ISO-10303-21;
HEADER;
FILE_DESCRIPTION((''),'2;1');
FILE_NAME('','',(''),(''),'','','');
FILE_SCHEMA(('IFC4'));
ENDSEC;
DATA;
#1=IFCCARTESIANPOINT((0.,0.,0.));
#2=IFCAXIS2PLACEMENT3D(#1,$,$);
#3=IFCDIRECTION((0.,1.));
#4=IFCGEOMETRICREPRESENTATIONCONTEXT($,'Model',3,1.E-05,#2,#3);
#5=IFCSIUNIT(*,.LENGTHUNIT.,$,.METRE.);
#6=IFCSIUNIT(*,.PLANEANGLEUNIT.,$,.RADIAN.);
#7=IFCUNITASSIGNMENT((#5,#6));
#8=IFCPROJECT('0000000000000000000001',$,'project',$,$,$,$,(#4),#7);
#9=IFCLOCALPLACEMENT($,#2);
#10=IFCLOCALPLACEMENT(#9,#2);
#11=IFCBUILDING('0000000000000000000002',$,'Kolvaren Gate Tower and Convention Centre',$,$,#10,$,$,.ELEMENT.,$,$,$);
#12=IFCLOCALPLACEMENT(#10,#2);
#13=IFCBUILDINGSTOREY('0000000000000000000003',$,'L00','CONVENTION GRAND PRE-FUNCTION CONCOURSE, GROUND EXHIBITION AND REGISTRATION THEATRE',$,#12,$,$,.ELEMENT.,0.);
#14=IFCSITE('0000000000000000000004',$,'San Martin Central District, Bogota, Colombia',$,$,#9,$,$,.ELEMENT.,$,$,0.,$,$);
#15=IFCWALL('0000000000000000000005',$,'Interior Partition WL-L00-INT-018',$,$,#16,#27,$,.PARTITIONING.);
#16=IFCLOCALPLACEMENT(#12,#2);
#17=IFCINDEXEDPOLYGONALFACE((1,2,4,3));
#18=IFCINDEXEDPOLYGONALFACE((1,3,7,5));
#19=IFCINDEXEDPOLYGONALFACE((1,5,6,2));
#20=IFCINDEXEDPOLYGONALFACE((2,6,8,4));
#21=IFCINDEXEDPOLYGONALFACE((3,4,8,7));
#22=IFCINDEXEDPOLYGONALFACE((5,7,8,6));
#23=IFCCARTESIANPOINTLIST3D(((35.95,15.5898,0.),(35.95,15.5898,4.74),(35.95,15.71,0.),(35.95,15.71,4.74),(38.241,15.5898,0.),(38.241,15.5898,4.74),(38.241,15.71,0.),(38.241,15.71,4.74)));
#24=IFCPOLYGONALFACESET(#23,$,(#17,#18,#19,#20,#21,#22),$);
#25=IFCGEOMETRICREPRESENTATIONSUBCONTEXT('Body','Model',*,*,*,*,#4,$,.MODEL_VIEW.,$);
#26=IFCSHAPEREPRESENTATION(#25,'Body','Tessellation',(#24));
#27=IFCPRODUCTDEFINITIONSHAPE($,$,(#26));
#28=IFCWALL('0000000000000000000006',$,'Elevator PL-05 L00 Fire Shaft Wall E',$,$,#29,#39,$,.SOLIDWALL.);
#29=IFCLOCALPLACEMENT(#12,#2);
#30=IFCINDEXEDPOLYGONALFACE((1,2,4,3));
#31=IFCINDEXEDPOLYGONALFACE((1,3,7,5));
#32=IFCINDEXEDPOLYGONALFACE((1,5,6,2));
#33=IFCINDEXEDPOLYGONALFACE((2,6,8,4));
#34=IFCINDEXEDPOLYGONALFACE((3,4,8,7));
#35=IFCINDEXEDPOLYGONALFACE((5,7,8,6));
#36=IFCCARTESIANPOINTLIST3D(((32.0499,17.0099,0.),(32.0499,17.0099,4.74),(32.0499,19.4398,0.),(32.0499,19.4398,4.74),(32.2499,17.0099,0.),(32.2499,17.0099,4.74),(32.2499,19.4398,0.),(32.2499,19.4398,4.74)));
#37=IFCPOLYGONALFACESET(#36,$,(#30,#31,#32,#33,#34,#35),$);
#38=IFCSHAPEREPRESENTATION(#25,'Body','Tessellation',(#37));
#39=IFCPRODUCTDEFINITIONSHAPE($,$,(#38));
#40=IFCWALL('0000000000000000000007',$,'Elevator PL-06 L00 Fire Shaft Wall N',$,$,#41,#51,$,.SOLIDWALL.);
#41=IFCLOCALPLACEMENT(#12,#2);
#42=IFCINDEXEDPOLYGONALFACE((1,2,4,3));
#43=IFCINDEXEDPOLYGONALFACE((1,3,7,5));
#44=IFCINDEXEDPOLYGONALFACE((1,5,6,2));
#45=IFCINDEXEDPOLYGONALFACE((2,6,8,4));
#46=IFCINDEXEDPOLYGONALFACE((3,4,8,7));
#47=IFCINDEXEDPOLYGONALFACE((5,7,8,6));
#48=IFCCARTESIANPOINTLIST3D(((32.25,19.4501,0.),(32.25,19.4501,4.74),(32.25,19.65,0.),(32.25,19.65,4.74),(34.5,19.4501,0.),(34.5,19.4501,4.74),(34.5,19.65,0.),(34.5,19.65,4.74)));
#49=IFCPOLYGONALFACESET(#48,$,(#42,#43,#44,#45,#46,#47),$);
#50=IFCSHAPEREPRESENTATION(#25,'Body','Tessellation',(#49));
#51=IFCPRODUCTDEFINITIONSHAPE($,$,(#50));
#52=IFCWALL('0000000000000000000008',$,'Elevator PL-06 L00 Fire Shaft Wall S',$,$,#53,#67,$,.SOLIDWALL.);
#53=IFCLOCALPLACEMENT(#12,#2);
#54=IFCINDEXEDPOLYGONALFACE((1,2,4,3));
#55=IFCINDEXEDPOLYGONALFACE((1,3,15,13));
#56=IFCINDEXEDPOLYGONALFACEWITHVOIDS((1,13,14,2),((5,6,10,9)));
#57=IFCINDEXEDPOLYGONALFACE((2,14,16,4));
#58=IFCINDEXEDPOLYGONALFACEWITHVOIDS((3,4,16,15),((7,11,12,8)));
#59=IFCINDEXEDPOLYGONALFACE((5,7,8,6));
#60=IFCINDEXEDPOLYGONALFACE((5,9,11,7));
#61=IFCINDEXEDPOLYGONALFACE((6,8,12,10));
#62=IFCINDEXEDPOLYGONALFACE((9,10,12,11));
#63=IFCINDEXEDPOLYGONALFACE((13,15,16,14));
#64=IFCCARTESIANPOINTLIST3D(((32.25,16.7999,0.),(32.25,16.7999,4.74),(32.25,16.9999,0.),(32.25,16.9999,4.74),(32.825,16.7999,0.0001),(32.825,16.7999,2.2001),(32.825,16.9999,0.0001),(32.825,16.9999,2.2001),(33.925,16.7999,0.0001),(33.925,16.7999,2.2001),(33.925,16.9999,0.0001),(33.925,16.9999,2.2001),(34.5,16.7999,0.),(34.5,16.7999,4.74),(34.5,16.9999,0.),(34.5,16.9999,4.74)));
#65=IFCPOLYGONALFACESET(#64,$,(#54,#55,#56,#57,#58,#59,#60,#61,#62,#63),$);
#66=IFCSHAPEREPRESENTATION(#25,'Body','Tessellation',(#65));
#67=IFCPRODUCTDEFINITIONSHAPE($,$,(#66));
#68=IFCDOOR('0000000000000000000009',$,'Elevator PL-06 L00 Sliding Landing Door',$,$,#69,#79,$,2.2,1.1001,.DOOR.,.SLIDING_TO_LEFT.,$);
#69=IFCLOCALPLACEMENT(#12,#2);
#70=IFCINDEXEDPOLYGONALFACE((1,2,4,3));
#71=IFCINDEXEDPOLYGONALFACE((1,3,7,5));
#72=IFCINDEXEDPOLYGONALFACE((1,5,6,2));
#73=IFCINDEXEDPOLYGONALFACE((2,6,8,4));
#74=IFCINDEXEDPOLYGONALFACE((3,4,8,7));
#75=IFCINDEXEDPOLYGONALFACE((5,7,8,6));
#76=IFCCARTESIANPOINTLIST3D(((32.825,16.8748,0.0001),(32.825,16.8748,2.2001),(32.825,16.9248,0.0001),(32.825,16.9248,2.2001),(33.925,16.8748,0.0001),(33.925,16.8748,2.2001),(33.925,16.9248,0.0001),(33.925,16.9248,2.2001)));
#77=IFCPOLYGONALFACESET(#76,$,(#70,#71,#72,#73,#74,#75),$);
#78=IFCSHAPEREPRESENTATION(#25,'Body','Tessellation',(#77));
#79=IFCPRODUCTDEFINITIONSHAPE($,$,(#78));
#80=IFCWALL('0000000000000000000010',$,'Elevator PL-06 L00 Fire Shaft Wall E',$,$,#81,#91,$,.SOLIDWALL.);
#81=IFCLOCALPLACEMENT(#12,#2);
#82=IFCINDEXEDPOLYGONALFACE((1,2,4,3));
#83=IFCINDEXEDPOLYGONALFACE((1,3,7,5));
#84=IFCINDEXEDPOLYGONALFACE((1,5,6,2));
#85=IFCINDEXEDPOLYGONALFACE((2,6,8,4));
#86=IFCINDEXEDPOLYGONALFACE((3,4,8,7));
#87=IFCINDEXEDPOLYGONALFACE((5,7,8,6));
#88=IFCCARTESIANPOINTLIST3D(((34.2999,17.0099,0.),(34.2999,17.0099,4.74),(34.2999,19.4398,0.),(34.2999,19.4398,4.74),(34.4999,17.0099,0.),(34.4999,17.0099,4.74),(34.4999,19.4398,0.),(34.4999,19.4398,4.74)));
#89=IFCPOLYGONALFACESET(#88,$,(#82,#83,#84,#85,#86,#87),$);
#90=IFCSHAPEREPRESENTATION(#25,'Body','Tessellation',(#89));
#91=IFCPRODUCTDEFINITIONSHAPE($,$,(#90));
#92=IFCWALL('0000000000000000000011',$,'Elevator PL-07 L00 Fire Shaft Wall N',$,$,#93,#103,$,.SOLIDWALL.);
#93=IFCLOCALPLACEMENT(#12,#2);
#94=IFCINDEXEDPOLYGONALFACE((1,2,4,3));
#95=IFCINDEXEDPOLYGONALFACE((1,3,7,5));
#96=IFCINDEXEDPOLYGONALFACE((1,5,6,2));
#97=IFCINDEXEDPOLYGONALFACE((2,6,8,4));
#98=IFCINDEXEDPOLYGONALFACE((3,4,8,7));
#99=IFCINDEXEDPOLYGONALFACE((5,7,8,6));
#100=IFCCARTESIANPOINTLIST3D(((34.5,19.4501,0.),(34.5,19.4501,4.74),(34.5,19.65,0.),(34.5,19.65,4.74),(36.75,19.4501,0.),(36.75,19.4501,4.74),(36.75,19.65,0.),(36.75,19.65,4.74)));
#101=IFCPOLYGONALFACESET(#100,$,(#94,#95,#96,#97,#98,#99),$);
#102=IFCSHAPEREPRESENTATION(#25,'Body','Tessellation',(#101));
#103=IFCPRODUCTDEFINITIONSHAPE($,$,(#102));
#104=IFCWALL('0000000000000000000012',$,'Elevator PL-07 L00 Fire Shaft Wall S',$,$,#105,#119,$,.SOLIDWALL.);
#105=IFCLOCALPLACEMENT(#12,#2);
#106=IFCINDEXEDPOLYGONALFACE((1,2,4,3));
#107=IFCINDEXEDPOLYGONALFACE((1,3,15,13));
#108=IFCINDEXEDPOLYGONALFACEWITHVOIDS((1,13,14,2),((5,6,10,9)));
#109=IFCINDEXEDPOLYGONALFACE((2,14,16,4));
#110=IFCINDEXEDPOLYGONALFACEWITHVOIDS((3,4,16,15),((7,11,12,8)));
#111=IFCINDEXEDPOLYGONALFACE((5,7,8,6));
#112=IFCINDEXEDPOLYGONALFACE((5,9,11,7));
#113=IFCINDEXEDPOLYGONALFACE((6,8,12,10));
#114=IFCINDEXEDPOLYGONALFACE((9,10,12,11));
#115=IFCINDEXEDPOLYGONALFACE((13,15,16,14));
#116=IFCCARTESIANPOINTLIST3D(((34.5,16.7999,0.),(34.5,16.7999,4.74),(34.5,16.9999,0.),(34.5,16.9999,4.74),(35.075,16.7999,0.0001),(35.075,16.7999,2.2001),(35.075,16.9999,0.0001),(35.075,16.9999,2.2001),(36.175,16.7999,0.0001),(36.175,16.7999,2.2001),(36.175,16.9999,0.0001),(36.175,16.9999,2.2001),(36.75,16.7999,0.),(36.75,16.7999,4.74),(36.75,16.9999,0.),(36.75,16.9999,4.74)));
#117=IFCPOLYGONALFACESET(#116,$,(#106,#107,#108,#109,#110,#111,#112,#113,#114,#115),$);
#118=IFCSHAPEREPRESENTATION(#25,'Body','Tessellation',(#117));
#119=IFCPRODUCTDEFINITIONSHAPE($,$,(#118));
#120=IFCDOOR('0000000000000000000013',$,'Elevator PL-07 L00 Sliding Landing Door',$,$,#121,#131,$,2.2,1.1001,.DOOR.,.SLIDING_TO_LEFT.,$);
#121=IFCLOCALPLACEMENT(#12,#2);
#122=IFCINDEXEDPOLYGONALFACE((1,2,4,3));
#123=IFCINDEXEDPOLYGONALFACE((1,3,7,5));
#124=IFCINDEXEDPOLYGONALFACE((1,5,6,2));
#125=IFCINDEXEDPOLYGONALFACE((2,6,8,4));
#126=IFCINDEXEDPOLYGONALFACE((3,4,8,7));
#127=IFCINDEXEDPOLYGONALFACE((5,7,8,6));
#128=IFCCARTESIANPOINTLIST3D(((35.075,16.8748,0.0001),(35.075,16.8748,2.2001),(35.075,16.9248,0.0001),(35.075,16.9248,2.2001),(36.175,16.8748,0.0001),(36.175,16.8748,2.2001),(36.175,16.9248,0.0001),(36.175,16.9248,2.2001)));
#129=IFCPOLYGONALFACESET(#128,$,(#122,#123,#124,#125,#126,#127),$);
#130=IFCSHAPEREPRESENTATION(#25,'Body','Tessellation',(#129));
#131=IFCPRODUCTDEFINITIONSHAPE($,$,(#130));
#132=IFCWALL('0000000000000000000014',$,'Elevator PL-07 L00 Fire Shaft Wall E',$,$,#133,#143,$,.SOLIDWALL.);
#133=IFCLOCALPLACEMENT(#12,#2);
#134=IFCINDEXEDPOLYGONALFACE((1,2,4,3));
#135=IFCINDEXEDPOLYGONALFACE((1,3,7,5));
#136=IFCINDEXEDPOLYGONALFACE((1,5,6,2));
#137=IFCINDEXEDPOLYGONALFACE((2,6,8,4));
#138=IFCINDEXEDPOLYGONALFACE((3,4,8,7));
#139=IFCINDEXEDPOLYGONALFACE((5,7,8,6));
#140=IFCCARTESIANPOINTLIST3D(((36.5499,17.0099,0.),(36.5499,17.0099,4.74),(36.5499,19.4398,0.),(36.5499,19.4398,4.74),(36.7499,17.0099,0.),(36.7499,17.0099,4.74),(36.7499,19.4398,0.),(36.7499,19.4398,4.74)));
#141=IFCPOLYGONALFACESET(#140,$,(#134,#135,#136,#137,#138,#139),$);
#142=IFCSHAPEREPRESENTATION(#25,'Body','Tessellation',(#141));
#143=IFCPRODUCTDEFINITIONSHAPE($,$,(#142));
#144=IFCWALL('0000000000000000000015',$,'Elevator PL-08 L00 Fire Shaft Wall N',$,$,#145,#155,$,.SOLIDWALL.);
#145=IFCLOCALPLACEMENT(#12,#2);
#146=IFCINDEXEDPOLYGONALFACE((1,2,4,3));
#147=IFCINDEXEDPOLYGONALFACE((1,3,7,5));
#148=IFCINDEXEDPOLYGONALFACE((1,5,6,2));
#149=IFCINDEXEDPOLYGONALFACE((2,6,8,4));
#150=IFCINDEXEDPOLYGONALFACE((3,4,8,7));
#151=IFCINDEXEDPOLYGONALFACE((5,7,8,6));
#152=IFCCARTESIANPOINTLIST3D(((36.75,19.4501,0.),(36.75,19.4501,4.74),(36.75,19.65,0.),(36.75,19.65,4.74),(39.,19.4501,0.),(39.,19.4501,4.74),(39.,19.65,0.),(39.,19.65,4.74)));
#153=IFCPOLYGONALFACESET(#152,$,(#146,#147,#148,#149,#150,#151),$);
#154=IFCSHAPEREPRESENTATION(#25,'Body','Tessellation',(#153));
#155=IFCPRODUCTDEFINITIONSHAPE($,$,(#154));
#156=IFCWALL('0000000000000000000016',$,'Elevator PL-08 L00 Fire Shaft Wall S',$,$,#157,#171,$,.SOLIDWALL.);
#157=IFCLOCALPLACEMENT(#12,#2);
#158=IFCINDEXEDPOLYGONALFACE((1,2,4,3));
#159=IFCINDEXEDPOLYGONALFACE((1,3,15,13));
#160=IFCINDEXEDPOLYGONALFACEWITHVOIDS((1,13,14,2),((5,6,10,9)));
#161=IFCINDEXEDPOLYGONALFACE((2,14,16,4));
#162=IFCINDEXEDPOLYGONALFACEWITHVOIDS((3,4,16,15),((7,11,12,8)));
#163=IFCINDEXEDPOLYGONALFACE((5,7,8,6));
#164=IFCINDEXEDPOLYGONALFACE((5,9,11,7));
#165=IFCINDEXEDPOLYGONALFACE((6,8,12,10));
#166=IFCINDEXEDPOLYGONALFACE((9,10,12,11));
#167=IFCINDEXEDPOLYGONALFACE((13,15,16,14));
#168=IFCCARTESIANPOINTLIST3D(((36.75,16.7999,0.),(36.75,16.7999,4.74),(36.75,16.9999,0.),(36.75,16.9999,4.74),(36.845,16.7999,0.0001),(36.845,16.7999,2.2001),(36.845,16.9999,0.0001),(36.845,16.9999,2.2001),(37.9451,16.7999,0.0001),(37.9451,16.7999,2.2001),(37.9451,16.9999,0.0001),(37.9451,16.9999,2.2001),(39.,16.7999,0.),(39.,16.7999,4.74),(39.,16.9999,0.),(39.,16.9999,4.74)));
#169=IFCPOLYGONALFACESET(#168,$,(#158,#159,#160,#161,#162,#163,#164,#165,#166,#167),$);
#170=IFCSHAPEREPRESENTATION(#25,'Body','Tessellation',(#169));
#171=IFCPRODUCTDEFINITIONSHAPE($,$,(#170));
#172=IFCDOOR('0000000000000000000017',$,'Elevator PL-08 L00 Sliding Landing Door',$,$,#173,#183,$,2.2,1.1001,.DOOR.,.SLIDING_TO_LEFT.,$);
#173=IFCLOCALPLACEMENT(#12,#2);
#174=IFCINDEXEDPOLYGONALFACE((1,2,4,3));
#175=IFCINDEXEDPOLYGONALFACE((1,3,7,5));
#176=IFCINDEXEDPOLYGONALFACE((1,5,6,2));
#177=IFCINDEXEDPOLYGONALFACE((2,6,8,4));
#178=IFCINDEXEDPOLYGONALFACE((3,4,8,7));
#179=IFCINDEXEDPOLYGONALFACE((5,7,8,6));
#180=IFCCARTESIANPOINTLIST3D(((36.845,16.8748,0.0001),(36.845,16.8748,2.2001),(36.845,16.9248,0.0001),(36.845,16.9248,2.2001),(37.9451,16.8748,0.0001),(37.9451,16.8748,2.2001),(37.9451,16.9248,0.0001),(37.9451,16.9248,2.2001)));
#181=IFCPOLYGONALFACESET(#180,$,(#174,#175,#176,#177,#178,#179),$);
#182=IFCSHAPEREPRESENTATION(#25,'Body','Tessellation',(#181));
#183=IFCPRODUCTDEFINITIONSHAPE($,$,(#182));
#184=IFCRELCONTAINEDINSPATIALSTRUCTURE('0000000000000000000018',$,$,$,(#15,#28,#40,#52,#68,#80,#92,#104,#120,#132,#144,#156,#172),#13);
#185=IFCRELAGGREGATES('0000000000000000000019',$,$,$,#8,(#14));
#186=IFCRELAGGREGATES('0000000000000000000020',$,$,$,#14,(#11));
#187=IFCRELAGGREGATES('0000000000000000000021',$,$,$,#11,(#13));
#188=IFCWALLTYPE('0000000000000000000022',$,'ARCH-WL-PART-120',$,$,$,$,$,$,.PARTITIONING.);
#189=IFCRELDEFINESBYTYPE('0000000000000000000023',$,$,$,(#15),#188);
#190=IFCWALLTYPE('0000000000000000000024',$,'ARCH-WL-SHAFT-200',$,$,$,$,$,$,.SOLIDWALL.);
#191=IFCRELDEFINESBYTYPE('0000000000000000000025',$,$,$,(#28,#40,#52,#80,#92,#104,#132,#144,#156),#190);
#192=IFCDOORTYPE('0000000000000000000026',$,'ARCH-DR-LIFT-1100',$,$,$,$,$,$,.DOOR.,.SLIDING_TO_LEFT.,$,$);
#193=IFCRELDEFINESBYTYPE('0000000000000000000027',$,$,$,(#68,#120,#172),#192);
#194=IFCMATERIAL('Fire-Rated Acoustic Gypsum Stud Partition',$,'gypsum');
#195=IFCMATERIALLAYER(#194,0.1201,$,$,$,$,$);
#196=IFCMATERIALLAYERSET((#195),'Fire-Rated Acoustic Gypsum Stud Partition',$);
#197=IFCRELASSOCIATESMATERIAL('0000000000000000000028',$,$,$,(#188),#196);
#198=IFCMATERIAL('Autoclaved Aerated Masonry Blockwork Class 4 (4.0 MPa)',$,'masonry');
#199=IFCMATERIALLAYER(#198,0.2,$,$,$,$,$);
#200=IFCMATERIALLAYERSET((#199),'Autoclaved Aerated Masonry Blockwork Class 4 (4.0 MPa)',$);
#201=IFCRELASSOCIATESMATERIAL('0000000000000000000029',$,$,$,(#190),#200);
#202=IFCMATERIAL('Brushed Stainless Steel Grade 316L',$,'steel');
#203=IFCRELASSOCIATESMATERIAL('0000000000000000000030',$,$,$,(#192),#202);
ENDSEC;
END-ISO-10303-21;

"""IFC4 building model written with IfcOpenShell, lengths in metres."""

from ifc_helpers import new_model, si_unit, direction, frame, frame_2d, origin, place, context, subcontext, project, spatial, rectangle, extrude, material, layer, layer_set, type_object, element, fill, save


model = new_model("IFC4")

# Units and contexts
model_context = context("Model", 3, precision=1e-05, world=origin(), true_north=direction((0.0, 1.0)))
body_context = subcontext(model_context, "Body", "Model", "MODEL_VIEW")
ifc_project = project(units=[si_unit("LENGTHUNIT", "METRE"), si_unit("PLANEANGLEUNIT", "RADIAN")], contexts=[model_context])

# Site, building, storey
site_placement = place(None, origin())
site = spatial("IfcSite", under=ifc_project, at=site_placement, Name="San Martin Central District, Bogota, Colombia", CompositionType="ELEMENT", RefElevation=0.0)
building_placement = place(site_placement, origin())
building = spatial("IfcBuilding", under=site, at=building_placement, Name="Kolvaren Gate Tower and Convention Centre", CompositionType="ELEMENT")
storey_placement = place(building_placement, origin())
storey = spatial("IfcBuildingStorey", under=building, at=storey_placement, Name="L00", Description="CONVENTION GRAND PRE-FUNCTION CONCOURSE, GROUND EXHIBITION AND REGISTRATION THEATRE", CompositionType="ELEMENT", Elevation=0.0)

# Walls
ifc_material_1 = material(Name="Fire-Rated Acoustic Gypsum Stud Partition", Category="gypsum")
ifc_layer_1 = layer(ifc_material_1, 0.1201)
ifc_layer_set_1 = layer_set([ifc_layer_1], Name="Fire-Rated Acoustic Gypsum Stud Partition")
wall_type_1 = type_object("IfcWallType", Name="ARCH-WL-PART-120", PredefinedType="PARTITIONING", material=ifc_layer_set_1)
wall_1_placement = place(storey_placement, frame((35.95, 15.6499, 0.0), z_axis=(0.0, 0.0, 1.0), x_axis=(1.0, 0.0, 0.0)))
element("IfcWall", 1, at=wall_1_placement, inside=storey, type_object=wall_type_1, Name="Interior Partition WL-L00-INT-018", PredefinedType="PARTITIONING", context=body_context, shape_type="SweptSolid", body=[
    extrude(rectangle(XDim=2.291, YDim=0.1201, at=frame_2d((1.1455, 0.0))), origin(), (0.0, 0.0, 1.0), 4.74),
])
ifc_material_2 = material(Name="Autoclaved Aerated Masonry Blockwork Class 4 (4.0 MPa)", Category="masonry")
ifc_layer_2 = layer(ifc_material_2, 0.2)
ifc_layer_set_2 = layer_set([ifc_layer_2], Name="Autoclaved Aerated Masonry Blockwork Class 4 (4.0 MPa)")
wall_type_2 = type_object("IfcWallType", Name="ARCH-WL-SHAFT-200", PredefinedType="SOLIDWALL", material=ifc_layer_set_2)
wall_2_placement = place(storey_placement, frame((32.1499, 17.01, 0.0), z_axis=(0.0, 0.0, 1.0), x_axis=(0.0, 1.0, 0.0)))
element("IfcWall", 2, at=wall_2_placement, inside=storey, type_object=wall_type_2, Name="Elevator PL-05 L00 Fire Shaft Wall E", PredefinedType="SOLIDWALL", context=body_context, shape_type="SweptSolid", body=[
    extrude(rectangle(XDim=2.4299, YDim=0.2, at=frame_2d((1.2148, 0.0))), origin(), (0.0, 0.0, 1.0), 4.74),
])
wall_3_placement = place(storey_placement, frame((32.25, 19.55, 0.0), z_axis=(0.0, 0.0, 1.0), x_axis=(1.0, 0.0, 0.0)))
element("IfcWall", 3, at=wall_3_placement, inside=storey, type_object=wall_type_2, Name="Elevator PL-06 L00 Fire Shaft Wall N", PredefinedType="SOLIDWALL", context=body_context, shape_type="SweptSolid", body=[
    extrude(rectangle(XDim=2.25, YDim=0.2, at=frame_2d((1.125, 0.0))), origin(), (0.0, 0.0, 1.0), 4.74),
])

# Wall, opening, door
wall_4_placement = place(storey_placement, frame((32.25, 16.8999, 0.0), z_axis=(0.0, 0.0, 1.0), x_axis=(1.0, 0.0, 0.0)))
wall_4 = element("IfcWall", 4, at=wall_4_placement, inside=storey, type_object=wall_type_2, Name="Elevator PL-06 L00 Fire Shaft Wall S", PredefinedType="SOLIDWALL", context=body_context, shape_type="SweptSolid", body=[
    extrude(rectangle(XDim=2.25, YDim=0.2, at=frame_2d((1.125, 0.0))), origin(), (0.0, 0.0, 1.0), 4.74),
])
opening_1_placement = place(wall_4_placement, frame((0.575, 0.0, 0.0)))
opening_1 = element("IfcOpeningElement", 5, at=opening_1_placement, cuts=wall_4, PredefinedType="OPENING", context=body_context, shape_type="SweptSolid", body=[
    extrude(rectangle(XDim=1.1001, YDim=2.2, at=frame_2d((0.55, 1.1001))), frame((0.0, 0.1099, 0.0), z_axis=(0.0, -1.0, 0.0), x_axis=(1.0, 0.0, 0.0)), (0.0, 0.0, 1.0), 0.22),
])
ifc_material_3 = material(Name="Brushed Stainless Steel Grade 316L", Category="steel")
door_type = type_object("IfcDoorType", Name="ARCH-DR-LIFT-1100", OperationType="SLIDING_TO_LEFT", PredefinedType="DOOR", material=ifc_material_3)
door_1_placement = place(opening_1_placement, origin())
door_1 = element("IfcDoor", 6, at=door_1_placement, inside=storey, type_object=door_type, Name="Elevator PL-06 L00 Sliding Landing Door", OperationType="SLIDING_TO_LEFT", OverallHeight=2.2, OverallWidth=1.1001, PredefinedType="DOOR", context=body_context, shape_type="SweptSolid", body=[
    extrude(rectangle(XDim=1.1001, YDim=2.2, at=frame_2d((0.55, 1.1001))), frame((0.0, 0.0249, 0.0), z_axis=(0.0, -1.0, 0.0), x_axis=(1.0, 0.0, 0.0)), (0.0, 0.0, 1.0), 0.05),
])
fill(opening_1, door_1)

# Walls
wall_5_placement = place(storey_placement, frame((34.3999, 17.01, 0.0), z_axis=(0.0, 0.0, 1.0), x_axis=(0.0, 1.0, 0.0)))
element("IfcWall", 7, at=wall_5_placement, inside=storey, type_object=wall_type_2, Name="Elevator PL-06 L00 Fire Shaft Wall E", PredefinedType="SOLIDWALL", context=body_context, shape_type="SweptSolid", body=[
    extrude(rectangle(XDim=2.4299, YDim=0.2, at=frame_2d((1.2148, 0.0))), origin(), (0.0, 0.0, 1.0), 4.74),
])
wall_6_placement = place(storey_placement, frame((34.5, 19.55, 0.0), z_axis=(0.0, 0.0, 1.0), x_axis=(1.0, 0.0, 0.0)))
element("IfcWall", 8, at=wall_6_placement, inside=storey, type_object=wall_type_2, Name="Elevator PL-07 L00 Fire Shaft Wall N", PredefinedType="SOLIDWALL", context=body_context, shape_type="SweptSolid", body=[
    extrude(rectangle(XDim=2.25, YDim=0.2, at=frame_2d((1.125, 0.0))), origin(), (0.0, 0.0, 1.0), 4.74),
])

# Wall, opening, door
wall_7_placement = place(storey_placement, frame((34.5, 16.8999, 0.0), z_axis=(0.0, 0.0, 1.0), x_axis=(1.0, 0.0, 0.0)))
wall_7 = element("IfcWall", 9, at=wall_7_placement, inside=storey, type_object=wall_type_2, Name="Elevator PL-07 L00 Fire Shaft Wall S", PredefinedType="SOLIDWALL", context=body_context, shape_type="SweptSolid", body=[
    extrude(rectangle(XDim=2.25, YDim=0.2, at=frame_2d((1.125, 0.0))), origin(), (0.0, 0.0, 1.0), 4.74),
])
opening_2_placement = place(wall_7_placement, frame((0.575, 0.0, 0.0)))
opening_2 = element("IfcOpeningElement", 10, at=opening_2_placement, cuts=wall_7, PredefinedType="OPENING", context=body_context, shape_type="SweptSolid", body=[
    extrude(rectangle(XDim=1.1001, YDim=2.2, at=frame_2d((0.55, 1.1001))), frame((0.0, 0.1099, 0.0), z_axis=(0.0, -1.0, 0.0), x_axis=(1.0, 0.0, 0.0)), (0.0, 0.0, 1.0), 0.22),
])
door_2_placement = place(opening_2_placement, origin())
door_2 = element("IfcDoor", 11, at=door_2_placement, inside=storey, type_object=door_type, Name="Elevator PL-07 L00 Sliding Landing Door", OperationType="SLIDING_TO_LEFT", OverallHeight=2.2, OverallWidth=1.1001, PredefinedType="DOOR", context=body_context, shape_type="SweptSolid", body=[
    extrude(rectangle(XDim=1.1001, YDim=2.2, at=frame_2d((0.55, 1.1001))), frame((0.0, 0.0249, 0.0), z_axis=(0.0, -1.0, 0.0), x_axis=(1.0, 0.0, 0.0)), (0.0, 0.0, 1.0), 0.05),
])
fill(opening_2, door_2)

# Walls
wall_8_placement = place(storey_placement, frame((36.6499, 17.01, 0.0), z_axis=(0.0, 0.0, 1.0), x_axis=(0.0, 1.0, 0.0)))
element("IfcWall", 12, at=wall_8_placement, inside=storey, type_object=wall_type_2, Name="Elevator PL-07 L00 Fire Shaft Wall E", PredefinedType="SOLIDWALL", context=body_context, shape_type="SweptSolid", body=[
    extrude(rectangle(XDim=2.4299, YDim=0.2, at=frame_2d((1.2148, 0.0))), origin(), (0.0, 0.0, 1.0), 4.74),
])
wall_9_placement = place(storey_placement, frame((36.75, 19.55, 0.0), z_axis=(0.0, 0.0, 1.0), x_axis=(1.0, 0.0, 0.0)))
element("IfcWall", 13, at=wall_9_placement, inside=storey, type_object=wall_type_2, Name="Elevator PL-08 L00 Fire Shaft Wall N", PredefinedType="SOLIDWALL", context=body_context, shape_type="SweptSolid", body=[
    extrude(rectangle(XDim=2.25, YDim=0.2, at=frame_2d((1.125, 0.0))), origin(), (0.0, 0.0, 1.0), 4.74),
])

# Wall, opening, door
wall_10_placement = place(storey_placement, frame((36.75, 16.8999, 0.0), z_axis=(0.0, 0.0, 1.0), x_axis=(1.0, 0.0, 0.0)))
wall_10 = element("IfcWall", 14, at=wall_10_placement, inside=storey, type_object=wall_type_2, Name="Elevator PL-08 L00 Fire Shaft Wall S", PredefinedType="SOLIDWALL", context=body_context, shape_type="SweptSolid", body=[
    extrude(rectangle(XDim=2.25, YDim=0.2, at=frame_2d((1.125, 0.0))), origin(), (0.0, 0.0, 1.0), 4.74),
])
opening_3_placement = place(wall_10_placement, frame((0.095, 0.0, 0.0)))
opening_3 = element("IfcOpeningElement", 15, at=opening_3_placement, cuts=wall_10, PredefinedType="OPENING", context=body_context, shape_type="SweptSolid", body=[
    extrude(rectangle(XDim=1.1001, YDim=2.2, at=frame_2d((0.55, 1.1001))), frame((0.0, 0.1099, 0.0), z_axis=(0.0, -1.0, 0.0), x_axis=(1.0, 0.0, 0.0)), (0.0, 0.0, 1.0), 0.22),
])
door_3_placement = place(opening_3_placement, origin())
door_3 = element("IfcDoor", 16, at=door_3_placement, inside=storey, type_object=door_type, Name="Elevator PL-08 L00 Sliding Landing Door", OperationType="SLIDING_TO_LEFT", OverallHeight=2.2, OverallWidth=1.1001, PredefinedType="DOOR", context=body_context, shape_type="SweptSolid", body=[
    extrude(rectangle(XDim=1.1001, YDim=2.2, at=frame_2d((0.55, 1.1001))), frame((0.0, 0.0249, 0.0), z_axis=(0.0, -1.0, 0.0), x_axis=(1.0, 0.0, 0.0)), (0.0, 0.0, 1.0), 0.05),
])
fill(opening_3, door_3)

save(model, "model.ifc")
